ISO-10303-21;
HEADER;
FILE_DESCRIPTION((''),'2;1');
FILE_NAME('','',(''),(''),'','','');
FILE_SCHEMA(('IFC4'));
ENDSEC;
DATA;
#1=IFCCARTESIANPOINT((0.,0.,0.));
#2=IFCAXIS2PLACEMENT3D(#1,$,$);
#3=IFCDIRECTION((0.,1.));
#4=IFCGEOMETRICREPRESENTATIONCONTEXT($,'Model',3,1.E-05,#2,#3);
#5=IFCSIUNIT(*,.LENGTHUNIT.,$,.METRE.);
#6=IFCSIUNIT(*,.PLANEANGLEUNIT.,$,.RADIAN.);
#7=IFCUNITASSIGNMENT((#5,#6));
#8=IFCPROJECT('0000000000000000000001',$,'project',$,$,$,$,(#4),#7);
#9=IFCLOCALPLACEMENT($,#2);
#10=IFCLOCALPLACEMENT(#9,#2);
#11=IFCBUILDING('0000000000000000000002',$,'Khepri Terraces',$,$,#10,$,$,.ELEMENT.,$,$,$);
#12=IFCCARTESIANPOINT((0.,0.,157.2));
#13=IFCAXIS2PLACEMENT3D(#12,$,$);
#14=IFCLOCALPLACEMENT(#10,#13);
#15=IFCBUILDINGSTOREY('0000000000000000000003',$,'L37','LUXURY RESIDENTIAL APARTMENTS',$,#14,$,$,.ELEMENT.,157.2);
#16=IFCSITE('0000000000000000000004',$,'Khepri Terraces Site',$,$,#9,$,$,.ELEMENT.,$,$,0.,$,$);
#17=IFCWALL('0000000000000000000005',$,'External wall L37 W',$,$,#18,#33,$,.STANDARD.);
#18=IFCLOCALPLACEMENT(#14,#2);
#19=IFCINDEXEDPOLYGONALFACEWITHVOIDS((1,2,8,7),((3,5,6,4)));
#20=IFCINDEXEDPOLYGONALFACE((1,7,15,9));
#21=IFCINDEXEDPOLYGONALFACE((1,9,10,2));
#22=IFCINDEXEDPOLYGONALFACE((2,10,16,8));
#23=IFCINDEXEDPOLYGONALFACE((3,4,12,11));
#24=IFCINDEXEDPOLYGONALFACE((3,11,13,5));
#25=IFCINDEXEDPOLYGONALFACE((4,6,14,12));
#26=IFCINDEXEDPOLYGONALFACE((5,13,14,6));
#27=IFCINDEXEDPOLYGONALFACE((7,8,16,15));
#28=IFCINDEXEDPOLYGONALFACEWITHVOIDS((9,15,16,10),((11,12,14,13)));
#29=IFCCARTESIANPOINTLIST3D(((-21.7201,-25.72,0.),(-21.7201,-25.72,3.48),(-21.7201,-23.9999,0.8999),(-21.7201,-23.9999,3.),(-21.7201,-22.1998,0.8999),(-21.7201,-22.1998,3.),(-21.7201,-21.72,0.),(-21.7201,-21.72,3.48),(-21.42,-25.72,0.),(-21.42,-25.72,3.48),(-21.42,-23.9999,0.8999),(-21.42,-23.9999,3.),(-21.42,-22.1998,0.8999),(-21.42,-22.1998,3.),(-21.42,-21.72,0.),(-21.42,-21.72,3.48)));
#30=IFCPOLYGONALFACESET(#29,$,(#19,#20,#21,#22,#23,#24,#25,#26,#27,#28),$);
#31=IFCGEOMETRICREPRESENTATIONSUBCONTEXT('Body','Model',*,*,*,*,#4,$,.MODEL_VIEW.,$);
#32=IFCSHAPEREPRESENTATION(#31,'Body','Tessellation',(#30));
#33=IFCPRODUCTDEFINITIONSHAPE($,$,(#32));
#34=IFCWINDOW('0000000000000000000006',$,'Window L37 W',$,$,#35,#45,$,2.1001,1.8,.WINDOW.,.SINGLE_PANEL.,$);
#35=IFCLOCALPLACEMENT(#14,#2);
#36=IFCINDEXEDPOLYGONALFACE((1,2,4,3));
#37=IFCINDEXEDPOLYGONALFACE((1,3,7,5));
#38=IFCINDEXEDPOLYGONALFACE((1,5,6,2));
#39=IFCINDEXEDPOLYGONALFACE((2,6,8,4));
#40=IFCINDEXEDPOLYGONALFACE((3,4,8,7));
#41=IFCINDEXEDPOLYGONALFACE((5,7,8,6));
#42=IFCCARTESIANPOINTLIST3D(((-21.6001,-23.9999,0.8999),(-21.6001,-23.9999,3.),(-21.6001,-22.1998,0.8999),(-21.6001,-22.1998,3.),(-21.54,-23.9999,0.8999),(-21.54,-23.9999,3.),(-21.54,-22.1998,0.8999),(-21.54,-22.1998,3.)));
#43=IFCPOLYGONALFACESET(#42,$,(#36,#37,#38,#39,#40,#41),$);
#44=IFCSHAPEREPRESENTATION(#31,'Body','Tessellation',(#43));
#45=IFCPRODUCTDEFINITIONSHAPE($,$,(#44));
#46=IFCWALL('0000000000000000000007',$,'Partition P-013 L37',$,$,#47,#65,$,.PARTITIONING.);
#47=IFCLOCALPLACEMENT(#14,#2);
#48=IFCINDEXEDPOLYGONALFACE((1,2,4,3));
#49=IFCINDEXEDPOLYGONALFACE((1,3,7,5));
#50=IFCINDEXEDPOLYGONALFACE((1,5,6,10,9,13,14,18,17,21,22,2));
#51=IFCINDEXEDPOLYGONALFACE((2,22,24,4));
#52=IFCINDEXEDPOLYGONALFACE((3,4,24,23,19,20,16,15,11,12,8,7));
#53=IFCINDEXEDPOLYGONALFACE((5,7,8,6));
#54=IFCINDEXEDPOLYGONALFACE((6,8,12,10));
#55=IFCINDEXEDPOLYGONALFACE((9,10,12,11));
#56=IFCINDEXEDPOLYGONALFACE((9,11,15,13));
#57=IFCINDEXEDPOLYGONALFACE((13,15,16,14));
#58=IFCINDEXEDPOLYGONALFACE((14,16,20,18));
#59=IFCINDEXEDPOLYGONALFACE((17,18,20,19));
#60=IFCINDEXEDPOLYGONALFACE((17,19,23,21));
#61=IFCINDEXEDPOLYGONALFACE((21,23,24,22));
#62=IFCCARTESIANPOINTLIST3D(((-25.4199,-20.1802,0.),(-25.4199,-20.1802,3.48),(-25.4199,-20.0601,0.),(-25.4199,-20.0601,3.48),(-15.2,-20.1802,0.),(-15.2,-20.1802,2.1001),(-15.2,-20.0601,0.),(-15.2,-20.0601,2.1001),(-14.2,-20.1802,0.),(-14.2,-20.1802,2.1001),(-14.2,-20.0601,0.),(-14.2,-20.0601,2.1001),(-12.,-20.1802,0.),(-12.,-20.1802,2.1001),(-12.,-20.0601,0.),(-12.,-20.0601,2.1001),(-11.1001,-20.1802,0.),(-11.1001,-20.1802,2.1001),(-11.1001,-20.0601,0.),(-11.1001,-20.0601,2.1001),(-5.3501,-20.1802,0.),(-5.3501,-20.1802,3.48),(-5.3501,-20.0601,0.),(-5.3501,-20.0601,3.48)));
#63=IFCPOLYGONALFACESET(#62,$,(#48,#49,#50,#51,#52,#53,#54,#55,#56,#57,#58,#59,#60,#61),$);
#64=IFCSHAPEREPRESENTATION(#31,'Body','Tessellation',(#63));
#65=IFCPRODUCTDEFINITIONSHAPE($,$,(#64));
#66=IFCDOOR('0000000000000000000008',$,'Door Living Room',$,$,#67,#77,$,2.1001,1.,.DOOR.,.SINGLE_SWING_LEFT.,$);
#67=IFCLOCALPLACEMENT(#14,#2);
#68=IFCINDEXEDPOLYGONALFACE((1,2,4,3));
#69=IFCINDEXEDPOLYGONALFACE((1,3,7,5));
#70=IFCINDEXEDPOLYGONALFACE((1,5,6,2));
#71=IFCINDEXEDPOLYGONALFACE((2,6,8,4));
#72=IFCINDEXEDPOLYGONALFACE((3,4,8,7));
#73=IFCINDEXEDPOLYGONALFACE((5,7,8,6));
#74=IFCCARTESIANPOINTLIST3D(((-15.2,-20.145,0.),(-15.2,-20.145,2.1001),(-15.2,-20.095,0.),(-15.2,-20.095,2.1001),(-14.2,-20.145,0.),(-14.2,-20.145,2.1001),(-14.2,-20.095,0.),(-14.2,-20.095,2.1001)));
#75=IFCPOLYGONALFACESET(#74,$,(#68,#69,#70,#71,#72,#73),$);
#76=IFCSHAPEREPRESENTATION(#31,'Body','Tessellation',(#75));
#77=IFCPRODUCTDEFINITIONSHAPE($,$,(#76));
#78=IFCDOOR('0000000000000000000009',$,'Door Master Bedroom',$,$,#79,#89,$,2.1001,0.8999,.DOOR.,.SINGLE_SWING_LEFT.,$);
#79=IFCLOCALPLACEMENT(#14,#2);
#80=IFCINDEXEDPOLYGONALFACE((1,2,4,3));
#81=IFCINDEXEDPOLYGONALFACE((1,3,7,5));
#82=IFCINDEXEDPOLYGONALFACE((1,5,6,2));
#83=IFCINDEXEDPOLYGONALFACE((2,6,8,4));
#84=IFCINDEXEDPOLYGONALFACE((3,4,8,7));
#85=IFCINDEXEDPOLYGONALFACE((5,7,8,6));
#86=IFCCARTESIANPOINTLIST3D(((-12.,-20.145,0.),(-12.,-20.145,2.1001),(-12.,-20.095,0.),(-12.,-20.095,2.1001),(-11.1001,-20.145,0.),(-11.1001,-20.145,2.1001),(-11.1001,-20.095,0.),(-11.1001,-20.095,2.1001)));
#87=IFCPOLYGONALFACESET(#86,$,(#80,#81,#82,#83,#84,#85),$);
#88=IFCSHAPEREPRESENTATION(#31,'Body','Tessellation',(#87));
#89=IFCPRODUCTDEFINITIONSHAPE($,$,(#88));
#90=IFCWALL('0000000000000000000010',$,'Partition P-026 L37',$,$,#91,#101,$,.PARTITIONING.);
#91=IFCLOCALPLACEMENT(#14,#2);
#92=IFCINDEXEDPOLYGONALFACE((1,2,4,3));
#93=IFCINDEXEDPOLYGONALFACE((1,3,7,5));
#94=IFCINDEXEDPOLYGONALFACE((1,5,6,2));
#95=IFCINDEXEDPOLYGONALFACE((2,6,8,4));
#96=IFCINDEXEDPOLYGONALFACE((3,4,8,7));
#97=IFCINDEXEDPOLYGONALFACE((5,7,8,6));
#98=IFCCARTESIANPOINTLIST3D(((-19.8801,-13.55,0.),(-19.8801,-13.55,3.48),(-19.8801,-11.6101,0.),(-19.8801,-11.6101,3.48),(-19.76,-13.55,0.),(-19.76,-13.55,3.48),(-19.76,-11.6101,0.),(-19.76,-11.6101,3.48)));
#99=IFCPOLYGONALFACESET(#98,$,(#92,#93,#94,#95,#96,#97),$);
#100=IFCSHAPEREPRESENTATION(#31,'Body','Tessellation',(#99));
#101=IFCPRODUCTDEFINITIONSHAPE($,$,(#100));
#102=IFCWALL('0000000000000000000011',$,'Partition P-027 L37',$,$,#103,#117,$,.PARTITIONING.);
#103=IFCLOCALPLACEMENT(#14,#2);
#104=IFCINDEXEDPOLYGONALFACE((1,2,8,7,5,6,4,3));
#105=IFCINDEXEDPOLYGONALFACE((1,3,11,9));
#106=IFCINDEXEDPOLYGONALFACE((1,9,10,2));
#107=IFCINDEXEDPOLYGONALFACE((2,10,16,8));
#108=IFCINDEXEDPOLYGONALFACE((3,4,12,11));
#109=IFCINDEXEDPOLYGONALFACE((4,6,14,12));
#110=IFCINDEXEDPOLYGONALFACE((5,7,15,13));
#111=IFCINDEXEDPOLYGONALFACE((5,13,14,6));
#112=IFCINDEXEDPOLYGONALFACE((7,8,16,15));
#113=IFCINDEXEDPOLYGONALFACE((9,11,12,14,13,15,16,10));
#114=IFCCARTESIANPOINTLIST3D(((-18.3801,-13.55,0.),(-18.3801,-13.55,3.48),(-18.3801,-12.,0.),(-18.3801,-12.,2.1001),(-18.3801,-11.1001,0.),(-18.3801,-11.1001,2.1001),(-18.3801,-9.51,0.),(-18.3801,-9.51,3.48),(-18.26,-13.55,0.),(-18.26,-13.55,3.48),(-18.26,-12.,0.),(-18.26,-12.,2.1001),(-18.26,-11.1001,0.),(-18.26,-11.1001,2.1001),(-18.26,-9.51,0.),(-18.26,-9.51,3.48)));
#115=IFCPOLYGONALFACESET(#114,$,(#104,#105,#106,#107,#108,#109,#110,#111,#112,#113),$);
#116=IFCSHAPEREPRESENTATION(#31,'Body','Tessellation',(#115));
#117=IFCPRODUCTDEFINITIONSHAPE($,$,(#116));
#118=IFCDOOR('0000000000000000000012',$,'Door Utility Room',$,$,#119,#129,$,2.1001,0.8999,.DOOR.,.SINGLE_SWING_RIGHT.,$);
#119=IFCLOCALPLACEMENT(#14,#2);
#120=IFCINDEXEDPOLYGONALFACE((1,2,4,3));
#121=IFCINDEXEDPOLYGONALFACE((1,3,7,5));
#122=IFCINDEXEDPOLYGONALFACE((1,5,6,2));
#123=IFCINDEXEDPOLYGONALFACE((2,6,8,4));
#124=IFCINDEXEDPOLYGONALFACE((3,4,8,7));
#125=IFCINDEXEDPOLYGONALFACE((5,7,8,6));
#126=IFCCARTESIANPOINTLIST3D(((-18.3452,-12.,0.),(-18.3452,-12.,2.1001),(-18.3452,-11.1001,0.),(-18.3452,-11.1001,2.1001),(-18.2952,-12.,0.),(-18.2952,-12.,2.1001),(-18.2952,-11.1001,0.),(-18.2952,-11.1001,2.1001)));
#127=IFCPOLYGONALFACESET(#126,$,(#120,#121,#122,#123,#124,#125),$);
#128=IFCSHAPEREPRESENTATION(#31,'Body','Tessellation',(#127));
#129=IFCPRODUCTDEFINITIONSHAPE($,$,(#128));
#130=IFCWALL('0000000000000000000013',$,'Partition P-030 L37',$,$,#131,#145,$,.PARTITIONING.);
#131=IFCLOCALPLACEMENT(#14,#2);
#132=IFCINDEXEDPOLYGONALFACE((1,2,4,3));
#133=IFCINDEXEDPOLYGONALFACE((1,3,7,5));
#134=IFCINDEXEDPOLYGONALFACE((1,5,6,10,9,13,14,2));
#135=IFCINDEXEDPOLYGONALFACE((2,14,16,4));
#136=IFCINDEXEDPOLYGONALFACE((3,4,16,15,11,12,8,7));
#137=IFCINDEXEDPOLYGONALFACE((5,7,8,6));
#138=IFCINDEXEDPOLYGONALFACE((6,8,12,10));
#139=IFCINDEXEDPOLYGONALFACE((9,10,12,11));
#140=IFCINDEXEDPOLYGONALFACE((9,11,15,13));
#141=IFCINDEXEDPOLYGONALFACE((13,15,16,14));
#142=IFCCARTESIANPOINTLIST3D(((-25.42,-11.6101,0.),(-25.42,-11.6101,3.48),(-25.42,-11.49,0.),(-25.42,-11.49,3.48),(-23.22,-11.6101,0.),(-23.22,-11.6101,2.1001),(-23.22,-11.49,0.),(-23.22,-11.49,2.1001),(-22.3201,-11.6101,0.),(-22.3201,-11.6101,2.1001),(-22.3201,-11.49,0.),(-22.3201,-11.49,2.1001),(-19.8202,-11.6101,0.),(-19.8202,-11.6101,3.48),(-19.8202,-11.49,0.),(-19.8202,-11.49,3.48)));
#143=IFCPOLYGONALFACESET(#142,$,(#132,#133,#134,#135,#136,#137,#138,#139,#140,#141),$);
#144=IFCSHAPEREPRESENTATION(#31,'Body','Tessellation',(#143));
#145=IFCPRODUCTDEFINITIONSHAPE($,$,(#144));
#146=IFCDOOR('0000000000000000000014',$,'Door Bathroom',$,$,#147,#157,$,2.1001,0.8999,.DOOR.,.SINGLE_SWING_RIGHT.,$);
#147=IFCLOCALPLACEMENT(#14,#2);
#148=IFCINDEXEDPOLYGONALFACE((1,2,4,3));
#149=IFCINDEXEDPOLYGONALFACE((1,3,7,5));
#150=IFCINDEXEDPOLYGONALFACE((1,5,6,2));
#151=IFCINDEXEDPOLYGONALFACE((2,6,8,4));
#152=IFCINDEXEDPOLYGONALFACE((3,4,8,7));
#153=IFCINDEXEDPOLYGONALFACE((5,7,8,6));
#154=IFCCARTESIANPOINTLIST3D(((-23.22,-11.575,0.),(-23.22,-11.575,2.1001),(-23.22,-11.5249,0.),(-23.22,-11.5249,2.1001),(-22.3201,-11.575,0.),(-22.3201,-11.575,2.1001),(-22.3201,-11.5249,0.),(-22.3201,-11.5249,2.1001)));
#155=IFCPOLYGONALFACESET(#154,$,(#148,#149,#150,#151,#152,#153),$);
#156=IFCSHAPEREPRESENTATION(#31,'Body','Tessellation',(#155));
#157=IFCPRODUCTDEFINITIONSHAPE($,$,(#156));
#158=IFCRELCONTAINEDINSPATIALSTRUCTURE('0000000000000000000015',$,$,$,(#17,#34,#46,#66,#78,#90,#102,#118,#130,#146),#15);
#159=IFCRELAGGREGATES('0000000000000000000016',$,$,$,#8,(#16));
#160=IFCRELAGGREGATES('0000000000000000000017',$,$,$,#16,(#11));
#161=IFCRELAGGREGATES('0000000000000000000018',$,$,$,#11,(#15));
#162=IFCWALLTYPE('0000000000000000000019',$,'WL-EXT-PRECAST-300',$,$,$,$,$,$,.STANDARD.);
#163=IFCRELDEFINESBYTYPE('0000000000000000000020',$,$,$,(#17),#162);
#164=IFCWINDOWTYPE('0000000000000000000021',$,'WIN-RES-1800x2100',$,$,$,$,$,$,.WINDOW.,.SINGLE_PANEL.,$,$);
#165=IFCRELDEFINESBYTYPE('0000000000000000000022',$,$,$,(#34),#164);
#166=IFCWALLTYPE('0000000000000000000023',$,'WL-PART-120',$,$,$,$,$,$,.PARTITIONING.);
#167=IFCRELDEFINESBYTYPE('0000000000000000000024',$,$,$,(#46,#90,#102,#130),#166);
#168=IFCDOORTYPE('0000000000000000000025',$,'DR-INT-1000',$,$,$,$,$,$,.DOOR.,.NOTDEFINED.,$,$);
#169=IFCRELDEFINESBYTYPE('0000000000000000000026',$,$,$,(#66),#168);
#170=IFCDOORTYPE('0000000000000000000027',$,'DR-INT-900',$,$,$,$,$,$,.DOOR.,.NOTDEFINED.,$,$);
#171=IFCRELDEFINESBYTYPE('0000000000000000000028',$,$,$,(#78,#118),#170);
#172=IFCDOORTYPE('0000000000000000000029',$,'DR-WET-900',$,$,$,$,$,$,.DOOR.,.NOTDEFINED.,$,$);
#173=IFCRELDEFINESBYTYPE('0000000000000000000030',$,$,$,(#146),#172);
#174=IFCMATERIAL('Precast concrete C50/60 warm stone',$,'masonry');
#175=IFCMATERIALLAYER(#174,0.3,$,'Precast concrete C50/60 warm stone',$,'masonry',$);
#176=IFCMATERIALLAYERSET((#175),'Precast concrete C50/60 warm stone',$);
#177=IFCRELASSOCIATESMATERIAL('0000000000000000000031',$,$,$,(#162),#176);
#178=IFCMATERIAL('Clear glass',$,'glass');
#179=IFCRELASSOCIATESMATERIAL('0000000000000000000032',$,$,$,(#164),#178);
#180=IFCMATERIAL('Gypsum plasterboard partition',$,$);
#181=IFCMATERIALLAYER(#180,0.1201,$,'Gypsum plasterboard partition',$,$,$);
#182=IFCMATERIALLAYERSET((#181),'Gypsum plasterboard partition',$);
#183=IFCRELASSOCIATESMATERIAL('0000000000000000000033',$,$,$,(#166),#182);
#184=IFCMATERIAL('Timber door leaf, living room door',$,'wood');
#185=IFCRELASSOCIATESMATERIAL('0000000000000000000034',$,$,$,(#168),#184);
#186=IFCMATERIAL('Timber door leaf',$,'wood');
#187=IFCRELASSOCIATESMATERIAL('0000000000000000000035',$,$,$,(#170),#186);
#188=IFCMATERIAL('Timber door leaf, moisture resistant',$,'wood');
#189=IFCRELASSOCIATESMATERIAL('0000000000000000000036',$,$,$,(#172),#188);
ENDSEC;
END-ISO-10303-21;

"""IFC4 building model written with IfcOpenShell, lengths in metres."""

from ifc_helpers import new_model, si_unit, direction, frame, frame_2d, origin, place, context, subcontext, project, spatial, rectangle, extrude, material, layer, layer_set, type_object, element, fill, save


model = new_model("IFC4")

# Units and contexts
model_context = context("Model", 3, precision=1e-05, world=origin(), true_north=direction((0.0, 1.0)))
body_context = subcontext(model_context, "Body", "Model", "MODEL_VIEW")
ifc_project = project(units=[si_unit("LENGTHUNIT", "METRE"), si_unit("PLANEANGLEUNIT", "RADIAN")], contexts=[model_context])

# Site, building, storey
site_placement = place(None, origin())
site = spatial("IfcSite", under=ifc_project, at=site_placement, Name="Khepri Terraces Site", CompositionType="ELEMENT", RefElevation=0.0)
building_placement = place(site_placement, origin())
building = spatial("IfcBuilding", under=site, at=building_placement, Name="Khepri Terraces", CompositionType="ELEMENT")
storey_placement = place(building_placement, frame((0.0, 0.0, 157.2)))
storey = spatial("IfcBuildingStorey", under=building, at=storey_placement, Name="L37", Description="LUXURY RESIDENTIAL APARTMENTS", CompositionType="ELEMENT", Elevation=157.2)

# Wall, opening, window
ifc_material_1 = material(Name="Precast concrete C50/60 warm stone", Category="masonry")
ifc_layer_1 = layer(ifc_material_1, 0.3, Name="Precast concrete C50/60 warm stone", Category="masonry")
ifc_layer_set_1 = layer_set([ifc_layer_1], Name="Precast concrete C50/60 warm stone")
wall_type_1 = type_object("IfcWallType", Name="WL-EXT-PRECAST-300", PredefinedType="STANDARD", material=ifc_layer_set_1)
ifc_material_2 = material(Name="Clear glass", Category="glass")
window_type = type_object("IfcWindowType", Name="WIN-RES-1800x2100", PartitioningType="SINGLE_PANEL", PredefinedType="WINDOW", material=ifc_material_2)
wall_1_placement = place(storey_placement, frame((-21.5701, -21.72, 0.0), z_axis=(0.0, 0.0, 1.0), x_axis=(0.0, -1.0, 0.0)))
wall_1 = element("IfcWall", 1, at=wall_1_placement, inside=storey, type_object=wall_type_1, Name="External wall L37 W", PredefinedType="STANDARD", context=body_context, shape_type="SweptSolid", body=[
    extrude(rectangle(XDim=4.0, YDim=0.3, at=frame_2d((2.0, 0.0))), origin(), (0.0, 0.0, 1.0), 3.48),
])
opening_1_placement = place(wall_1_placement, frame((0.48, 0.0, 0.8999)))
opening_1 = element("IfcOpeningElement", 2, at=opening_1_placement, cuts=wall_1, PredefinedType="OPENING", context=body_context, shape_type="SweptSolid", body=[
    extrude(rectangle(XDim=1.8, YDim=2.1001, at=frame_2d((0.8999, 1.05))), frame((0.0, 0.1602, 0.0), z_axis=(0.0, -1.0, 0.0), x_axis=(1.0, 0.0, 0.0)), (0.0, 0.0, 1.0), 0.3201),
])
window_1_placement = place(opening_1_placement, origin())
window_1 = element("IfcWindow", 3, at=window_1_placement, inside=storey, type_object=window_type, Name="Window L37 W", OverallHeight=2.1001, OverallWidth=1.8, PartitioningType="SINGLE_PANEL", PredefinedType="WINDOW", context=body_context, shape_type="SweptSolid", body=[
    extrude(rectangle(XDim=1.8, YDim=2.1001, at=frame_2d((0.8999, 1.05))), frame((0.0, 0.03, 0.0), z_axis=(0.0, -1.0, 0.0), x_axis=(1.0, 0.0, 0.0)), (0.0, 0.0, 1.0), 0.0601),
])
fill(opening_1, window_1)

# Wall, openings, doors
ifc_material_3 = material(Name="Gypsum plasterboard partition")
ifc_layer_2 = layer(ifc_material_3, 0.1201, Name="Gypsum plasterboard partition")
ifc_layer_set_2 = layer_set([ifc_layer_2], Name="Gypsum plasterboard partition")
wall_type_2 = type_object("IfcWallType", Name="WL-PART-120", PredefinedType="PARTITIONING", material=ifc_layer_set_2)
wall_2_placement = place(storey_placement, frame((-25.4199, -20.1201, 0.0), z_axis=(0.0, 0.0, 1.0), x_axis=(1.0, 0.0, 0.0)))
wall_2 = element("IfcWall", 4, at=wall_2_placement, inside=storey, type_object=wall_type_2, Name="Partition P-013 L37", PredefinedType="PARTITIONING", context=body_context, shape_type="SweptSolid", body=[
    extrude(rectangle(XDim=20.0698, YDim=0.1201, at=frame_2d((10.0349, 0.0))), origin(), (0.0, 0.0, 1.0), 3.48),
])
opening_2_placement = place(wall_2_placement, frame((10.22, 0.0, 0.0)))
opening_2 = element("IfcOpeningElement", 5, at=opening_2_placement, cuts=wall_2, PredefinedType="OPENING", context=body_context, shape_type="SweptSolid", body=[
    extrude(rectangle(XDim=1.0, YDim=2.1001, at=frame_2d((0.5, 1.05))), frame((0.0, 0.0701, 0.0), z_axis=(0.0, -1.0, 0.0), x_axis=(1.0, 0.0, 0.0)), (0.0, 0.0, 1.0), 0.1401),
])
opening_3_placement = place(wall_2_placement, frame((13.4199, 0.0, 0.0)))
opening_3 = element("IfcOpeningElement", 6, at=opening_3_placement, cuts=wall_2, PredefinedType="OPENING", context=body_context, shape_type="SweptSolid", body=[
    extrude(rectangle(XDim=0.8999, YDim=2.1001, at=frame_2d((0.45, 1.05))), frame((0.0, 0.0701, 0.0), z_axis=(0.0, -1.0, 0.0), x_axis=(1.0, 0.0, 0.0)), (0.0, 0.0, 1.0), 0.1401),
])
ifc_material_4 = material(Name="Timber door leaf, living room door", Category="wood")
door_type_1 = type_object("IfcDoorType", Name="DR-INT-1000", OperationType="NOTDEFINED", PredefinedType="DOOR", material=ifc_material_4)
door_1_placement = place(opening_2_placement, frame((1.0, 0.0, 0.0), z_axis=(0.0, 0.0, 1.0), x_axis=(-1.0, 0.0, 0.0)))
door_1 = element("IfcDoor", 7, at=door_1_placement, inside=storey, type_object=door_type_1, Name="Door Living Room", OperationType="SINGLE_SWING_LEFT", OverallHeight=2.1001, OverallWidth=1.0, PredefinedType="DOOR", context=body_context, shape_type="SweptSolid", body=[
    extrude(rectangle(XDim=1.0, YDim=2.1001, at=frame_2d((0.5, 1.05))), frame((0.0, 0.0249, 0.0), z_axis=(0.0, -1.0, 0.0), x_axis=(1.0, 0.0, 0.0)), (0.0, 0.0, 1.0), 0.05),
])
fill(opening_2, door_1)
ifc_material_5 = material(Name="Timber door leaf", Category="wood")
door_type_2 = type_object("IfcDoorType", Name="DR-INT-900", OperationType="NOTDEFINED", PredefinedType="DOOR", material=ifc_material_5)
door_2_placement = place(opening_3_placement, frame((0.8999, 0.0, 0.0), z_axis=(0.0, 0.0, 1.0), x_axis=(-1.0, 0.0, 0.0)))
door_2 = element("IfcDoor", 8, at=door_2_placement, inside=storey, type_object=door_type_2, Name="Door Master Bedroom", OperationType="SINGLE_SWING_LEFT", OverallHeight=2.1001, OverallWidth=0.8999, PredefinedType="DOOR", context=body_context, shape_type="SweptSolid", body=[
    extrude(rectangle(XDim=0.8999, YDim=2.1001, at=frame_2d((0.45, 1.05))), frame((0.0, 0.0249, 0.0), z_axis=(0.0, -1.0, 0.0), x_axis=(1.0, 0.0, 0.0)), (0.0, 0.0, 1.0), 0.05),
])
fill(opening_3, door_2)

# Wall
wall_3_placement = place(storey_placement, frame((-19.8201, -13.55, 0.0), z_axis=(0.0, 0.0, 1.0), x_axis=(0.0, 1.0, 0.0)))
element("IfcWall", 9, at=wall_3_placement, inside=storey, type_object=wall_type_2, Name="Partition P-026 L37", PredefinedType="PARTITIONING", context=body_context, shape_type="SweptSolid", body=[
    extrude(rectangle(XDim=1.9399, YDim=0.1201, at=frame_2d((0.97, 0.0))), origin(), (0.0, 0.0, 1.0), 3.48),
])

# Walls, openings, doors
wall_4_placement = place(storey_placement, frame((-18.3201, -13.55, 0.0), z_axis=(0.0, 0.0, 1.0), x_axis=(0.0, 1.0, 0.0)))
wall_4 = element("IfcWall", 10, at=wall_4_placement, inside=storey, type_object=wall_type_2, Name="Partition P-027 L37", PredefinedType="PARTITIONING", context=body_context, shape_type="SweptSolid", body=[
    extrude(rectangle(XDim=4.04, YDim=0.1201, at=frame_2d((2.02, 0.0))), origin(), (0.0, 0.0, 1.0), 3.48),
])
opening_4_placement = place(wall_4_placement, frame((1.55, 0.0, 0.0)))
opening_4 = element("IfcOpeningElement", 11, at=opening_4_placement, cuts=wall_4, PredefinedType="OPENING", context=body_context, shape_type="SweptSolid", body=[
    extrude(rectangle(XDim=0.8999, YDim=2.1001, at=frame_2d((0.45, 1.05))), frame((0.0, 0.0701, 0.0), z_axis=(0.0, -1.0, 0.0), x_axis=(1.0, 0.0, 0.0)), (0.0, 0.0, 1.0), 0.1401),
])
door_3_placement = place(opening_4_placement, frame((0.8999, 0.0, 0.0), z_axis=(0.0, 0.0, 1.0), x_axis=(-1.0, 0.0, 0.0)))
door_3 = element("IfcDoor", 12, at=door_3_placement, inside=storey, type_object=door_type_2, Name="Door Utility Room", OperationType="SINGLE_SWING_RIGHT", OverallHeight=2.1001, OverallWidth=0.8999, PredefinedType="DOOR", context=body_context, shape_type="SweptSolid", body=[
    extrude(rectangle(XDim=0.8999, YDim=2.1001, at=frame_2d((0.45, 1.05))), frame((0.0, 0.0249, 0.0), z_axis=(0.0, -1.0, 0.0), x_axis=(1.0, 0.0, 0.0)), (0.0, 0.0, 1.0), 0.05),
])
fill(opening_4, door_3)
wall_5_placement = place(storey_placement, frame((-25.4199, -11.55, 0.0), z_axis=(0.0, 0.0, 1.0), x_axis=(1.0, 0.0, 0.0)))
wall_5 = element("IfcWall", 13, at=wall_5_placement, inside=storey, type_object=wall_type_2, Name="Partition P-030 L37", PredefinedType="PARTITIONING", context=body_context, shape_type="SweptSolid", body=[
    extrude(rectangle(XDim=5.5999, YDim=0.1201, at=frame_2d((2.7998, 0.0))), origin(), (0.0, 0.0, 1.0), 3.48),
])
opening_5_placement = place(wall_5_placement, frame((2.2, 0.0, 0.0)))
opening_5 = element("IfcOpeningElement", 14, at=opening_5_placement, cuts=wall_5, PredefinedType="OPENING", context=body_context, shape_type="SweptSolid", body=[
    extrude(rectangle(XDim=0.8999, YDim=2.1001, at=frame_2d((0.45, 1.05))), frame((0.0, 0.0701, 0.0), z_axis=(0.0, -1.0, 0.0), x_axis=(1.0, 0.0, 0.0)), (0.0, 0.0, 1.0), 0.1401),
])
ifc_material_6 = material(Name="Timber door leaf, moisture resistant", Category="wood")
door_type_3 = type_object("IfcDoorType", Name="DR-WET-900", OperationType="NOTDEFINED", PredefinedType="DOOR", material=ifc_material_6)
door_4_placement = place(opening_5_placement, frame((0.8999, 0.0, 0.0), z_axis=(0.0, 0.0, 1.0), x_axis=(-1.0, 0.0, 0.0)))
door_4 = element("IfcDoor", 15, at=door_4_placement, inside=storey, type_object=door_type_3, Name="Door Bathroom", OperationType="SINGLE_SWING_RIGHT", OverallHeight=2.1001, OverallWidth=0.8999, PredefinedType="DOOR", context=body_context, shape_type="SweptSolid", body=[
    extrude(rectangle(XDim=0.8999, YDim=2.1001, at=frame_2d((0.45, 1.05))), frame((0.0, 0.0249, 0.0), z_axis=(0.0, -1.0, 0.0), x_axis=(1.0, 0.0, 0.0)), (0.0, 0.0, 1.0), 0.05),
])
fill(opening_5, door_4)

save(model, "model.ifc")
